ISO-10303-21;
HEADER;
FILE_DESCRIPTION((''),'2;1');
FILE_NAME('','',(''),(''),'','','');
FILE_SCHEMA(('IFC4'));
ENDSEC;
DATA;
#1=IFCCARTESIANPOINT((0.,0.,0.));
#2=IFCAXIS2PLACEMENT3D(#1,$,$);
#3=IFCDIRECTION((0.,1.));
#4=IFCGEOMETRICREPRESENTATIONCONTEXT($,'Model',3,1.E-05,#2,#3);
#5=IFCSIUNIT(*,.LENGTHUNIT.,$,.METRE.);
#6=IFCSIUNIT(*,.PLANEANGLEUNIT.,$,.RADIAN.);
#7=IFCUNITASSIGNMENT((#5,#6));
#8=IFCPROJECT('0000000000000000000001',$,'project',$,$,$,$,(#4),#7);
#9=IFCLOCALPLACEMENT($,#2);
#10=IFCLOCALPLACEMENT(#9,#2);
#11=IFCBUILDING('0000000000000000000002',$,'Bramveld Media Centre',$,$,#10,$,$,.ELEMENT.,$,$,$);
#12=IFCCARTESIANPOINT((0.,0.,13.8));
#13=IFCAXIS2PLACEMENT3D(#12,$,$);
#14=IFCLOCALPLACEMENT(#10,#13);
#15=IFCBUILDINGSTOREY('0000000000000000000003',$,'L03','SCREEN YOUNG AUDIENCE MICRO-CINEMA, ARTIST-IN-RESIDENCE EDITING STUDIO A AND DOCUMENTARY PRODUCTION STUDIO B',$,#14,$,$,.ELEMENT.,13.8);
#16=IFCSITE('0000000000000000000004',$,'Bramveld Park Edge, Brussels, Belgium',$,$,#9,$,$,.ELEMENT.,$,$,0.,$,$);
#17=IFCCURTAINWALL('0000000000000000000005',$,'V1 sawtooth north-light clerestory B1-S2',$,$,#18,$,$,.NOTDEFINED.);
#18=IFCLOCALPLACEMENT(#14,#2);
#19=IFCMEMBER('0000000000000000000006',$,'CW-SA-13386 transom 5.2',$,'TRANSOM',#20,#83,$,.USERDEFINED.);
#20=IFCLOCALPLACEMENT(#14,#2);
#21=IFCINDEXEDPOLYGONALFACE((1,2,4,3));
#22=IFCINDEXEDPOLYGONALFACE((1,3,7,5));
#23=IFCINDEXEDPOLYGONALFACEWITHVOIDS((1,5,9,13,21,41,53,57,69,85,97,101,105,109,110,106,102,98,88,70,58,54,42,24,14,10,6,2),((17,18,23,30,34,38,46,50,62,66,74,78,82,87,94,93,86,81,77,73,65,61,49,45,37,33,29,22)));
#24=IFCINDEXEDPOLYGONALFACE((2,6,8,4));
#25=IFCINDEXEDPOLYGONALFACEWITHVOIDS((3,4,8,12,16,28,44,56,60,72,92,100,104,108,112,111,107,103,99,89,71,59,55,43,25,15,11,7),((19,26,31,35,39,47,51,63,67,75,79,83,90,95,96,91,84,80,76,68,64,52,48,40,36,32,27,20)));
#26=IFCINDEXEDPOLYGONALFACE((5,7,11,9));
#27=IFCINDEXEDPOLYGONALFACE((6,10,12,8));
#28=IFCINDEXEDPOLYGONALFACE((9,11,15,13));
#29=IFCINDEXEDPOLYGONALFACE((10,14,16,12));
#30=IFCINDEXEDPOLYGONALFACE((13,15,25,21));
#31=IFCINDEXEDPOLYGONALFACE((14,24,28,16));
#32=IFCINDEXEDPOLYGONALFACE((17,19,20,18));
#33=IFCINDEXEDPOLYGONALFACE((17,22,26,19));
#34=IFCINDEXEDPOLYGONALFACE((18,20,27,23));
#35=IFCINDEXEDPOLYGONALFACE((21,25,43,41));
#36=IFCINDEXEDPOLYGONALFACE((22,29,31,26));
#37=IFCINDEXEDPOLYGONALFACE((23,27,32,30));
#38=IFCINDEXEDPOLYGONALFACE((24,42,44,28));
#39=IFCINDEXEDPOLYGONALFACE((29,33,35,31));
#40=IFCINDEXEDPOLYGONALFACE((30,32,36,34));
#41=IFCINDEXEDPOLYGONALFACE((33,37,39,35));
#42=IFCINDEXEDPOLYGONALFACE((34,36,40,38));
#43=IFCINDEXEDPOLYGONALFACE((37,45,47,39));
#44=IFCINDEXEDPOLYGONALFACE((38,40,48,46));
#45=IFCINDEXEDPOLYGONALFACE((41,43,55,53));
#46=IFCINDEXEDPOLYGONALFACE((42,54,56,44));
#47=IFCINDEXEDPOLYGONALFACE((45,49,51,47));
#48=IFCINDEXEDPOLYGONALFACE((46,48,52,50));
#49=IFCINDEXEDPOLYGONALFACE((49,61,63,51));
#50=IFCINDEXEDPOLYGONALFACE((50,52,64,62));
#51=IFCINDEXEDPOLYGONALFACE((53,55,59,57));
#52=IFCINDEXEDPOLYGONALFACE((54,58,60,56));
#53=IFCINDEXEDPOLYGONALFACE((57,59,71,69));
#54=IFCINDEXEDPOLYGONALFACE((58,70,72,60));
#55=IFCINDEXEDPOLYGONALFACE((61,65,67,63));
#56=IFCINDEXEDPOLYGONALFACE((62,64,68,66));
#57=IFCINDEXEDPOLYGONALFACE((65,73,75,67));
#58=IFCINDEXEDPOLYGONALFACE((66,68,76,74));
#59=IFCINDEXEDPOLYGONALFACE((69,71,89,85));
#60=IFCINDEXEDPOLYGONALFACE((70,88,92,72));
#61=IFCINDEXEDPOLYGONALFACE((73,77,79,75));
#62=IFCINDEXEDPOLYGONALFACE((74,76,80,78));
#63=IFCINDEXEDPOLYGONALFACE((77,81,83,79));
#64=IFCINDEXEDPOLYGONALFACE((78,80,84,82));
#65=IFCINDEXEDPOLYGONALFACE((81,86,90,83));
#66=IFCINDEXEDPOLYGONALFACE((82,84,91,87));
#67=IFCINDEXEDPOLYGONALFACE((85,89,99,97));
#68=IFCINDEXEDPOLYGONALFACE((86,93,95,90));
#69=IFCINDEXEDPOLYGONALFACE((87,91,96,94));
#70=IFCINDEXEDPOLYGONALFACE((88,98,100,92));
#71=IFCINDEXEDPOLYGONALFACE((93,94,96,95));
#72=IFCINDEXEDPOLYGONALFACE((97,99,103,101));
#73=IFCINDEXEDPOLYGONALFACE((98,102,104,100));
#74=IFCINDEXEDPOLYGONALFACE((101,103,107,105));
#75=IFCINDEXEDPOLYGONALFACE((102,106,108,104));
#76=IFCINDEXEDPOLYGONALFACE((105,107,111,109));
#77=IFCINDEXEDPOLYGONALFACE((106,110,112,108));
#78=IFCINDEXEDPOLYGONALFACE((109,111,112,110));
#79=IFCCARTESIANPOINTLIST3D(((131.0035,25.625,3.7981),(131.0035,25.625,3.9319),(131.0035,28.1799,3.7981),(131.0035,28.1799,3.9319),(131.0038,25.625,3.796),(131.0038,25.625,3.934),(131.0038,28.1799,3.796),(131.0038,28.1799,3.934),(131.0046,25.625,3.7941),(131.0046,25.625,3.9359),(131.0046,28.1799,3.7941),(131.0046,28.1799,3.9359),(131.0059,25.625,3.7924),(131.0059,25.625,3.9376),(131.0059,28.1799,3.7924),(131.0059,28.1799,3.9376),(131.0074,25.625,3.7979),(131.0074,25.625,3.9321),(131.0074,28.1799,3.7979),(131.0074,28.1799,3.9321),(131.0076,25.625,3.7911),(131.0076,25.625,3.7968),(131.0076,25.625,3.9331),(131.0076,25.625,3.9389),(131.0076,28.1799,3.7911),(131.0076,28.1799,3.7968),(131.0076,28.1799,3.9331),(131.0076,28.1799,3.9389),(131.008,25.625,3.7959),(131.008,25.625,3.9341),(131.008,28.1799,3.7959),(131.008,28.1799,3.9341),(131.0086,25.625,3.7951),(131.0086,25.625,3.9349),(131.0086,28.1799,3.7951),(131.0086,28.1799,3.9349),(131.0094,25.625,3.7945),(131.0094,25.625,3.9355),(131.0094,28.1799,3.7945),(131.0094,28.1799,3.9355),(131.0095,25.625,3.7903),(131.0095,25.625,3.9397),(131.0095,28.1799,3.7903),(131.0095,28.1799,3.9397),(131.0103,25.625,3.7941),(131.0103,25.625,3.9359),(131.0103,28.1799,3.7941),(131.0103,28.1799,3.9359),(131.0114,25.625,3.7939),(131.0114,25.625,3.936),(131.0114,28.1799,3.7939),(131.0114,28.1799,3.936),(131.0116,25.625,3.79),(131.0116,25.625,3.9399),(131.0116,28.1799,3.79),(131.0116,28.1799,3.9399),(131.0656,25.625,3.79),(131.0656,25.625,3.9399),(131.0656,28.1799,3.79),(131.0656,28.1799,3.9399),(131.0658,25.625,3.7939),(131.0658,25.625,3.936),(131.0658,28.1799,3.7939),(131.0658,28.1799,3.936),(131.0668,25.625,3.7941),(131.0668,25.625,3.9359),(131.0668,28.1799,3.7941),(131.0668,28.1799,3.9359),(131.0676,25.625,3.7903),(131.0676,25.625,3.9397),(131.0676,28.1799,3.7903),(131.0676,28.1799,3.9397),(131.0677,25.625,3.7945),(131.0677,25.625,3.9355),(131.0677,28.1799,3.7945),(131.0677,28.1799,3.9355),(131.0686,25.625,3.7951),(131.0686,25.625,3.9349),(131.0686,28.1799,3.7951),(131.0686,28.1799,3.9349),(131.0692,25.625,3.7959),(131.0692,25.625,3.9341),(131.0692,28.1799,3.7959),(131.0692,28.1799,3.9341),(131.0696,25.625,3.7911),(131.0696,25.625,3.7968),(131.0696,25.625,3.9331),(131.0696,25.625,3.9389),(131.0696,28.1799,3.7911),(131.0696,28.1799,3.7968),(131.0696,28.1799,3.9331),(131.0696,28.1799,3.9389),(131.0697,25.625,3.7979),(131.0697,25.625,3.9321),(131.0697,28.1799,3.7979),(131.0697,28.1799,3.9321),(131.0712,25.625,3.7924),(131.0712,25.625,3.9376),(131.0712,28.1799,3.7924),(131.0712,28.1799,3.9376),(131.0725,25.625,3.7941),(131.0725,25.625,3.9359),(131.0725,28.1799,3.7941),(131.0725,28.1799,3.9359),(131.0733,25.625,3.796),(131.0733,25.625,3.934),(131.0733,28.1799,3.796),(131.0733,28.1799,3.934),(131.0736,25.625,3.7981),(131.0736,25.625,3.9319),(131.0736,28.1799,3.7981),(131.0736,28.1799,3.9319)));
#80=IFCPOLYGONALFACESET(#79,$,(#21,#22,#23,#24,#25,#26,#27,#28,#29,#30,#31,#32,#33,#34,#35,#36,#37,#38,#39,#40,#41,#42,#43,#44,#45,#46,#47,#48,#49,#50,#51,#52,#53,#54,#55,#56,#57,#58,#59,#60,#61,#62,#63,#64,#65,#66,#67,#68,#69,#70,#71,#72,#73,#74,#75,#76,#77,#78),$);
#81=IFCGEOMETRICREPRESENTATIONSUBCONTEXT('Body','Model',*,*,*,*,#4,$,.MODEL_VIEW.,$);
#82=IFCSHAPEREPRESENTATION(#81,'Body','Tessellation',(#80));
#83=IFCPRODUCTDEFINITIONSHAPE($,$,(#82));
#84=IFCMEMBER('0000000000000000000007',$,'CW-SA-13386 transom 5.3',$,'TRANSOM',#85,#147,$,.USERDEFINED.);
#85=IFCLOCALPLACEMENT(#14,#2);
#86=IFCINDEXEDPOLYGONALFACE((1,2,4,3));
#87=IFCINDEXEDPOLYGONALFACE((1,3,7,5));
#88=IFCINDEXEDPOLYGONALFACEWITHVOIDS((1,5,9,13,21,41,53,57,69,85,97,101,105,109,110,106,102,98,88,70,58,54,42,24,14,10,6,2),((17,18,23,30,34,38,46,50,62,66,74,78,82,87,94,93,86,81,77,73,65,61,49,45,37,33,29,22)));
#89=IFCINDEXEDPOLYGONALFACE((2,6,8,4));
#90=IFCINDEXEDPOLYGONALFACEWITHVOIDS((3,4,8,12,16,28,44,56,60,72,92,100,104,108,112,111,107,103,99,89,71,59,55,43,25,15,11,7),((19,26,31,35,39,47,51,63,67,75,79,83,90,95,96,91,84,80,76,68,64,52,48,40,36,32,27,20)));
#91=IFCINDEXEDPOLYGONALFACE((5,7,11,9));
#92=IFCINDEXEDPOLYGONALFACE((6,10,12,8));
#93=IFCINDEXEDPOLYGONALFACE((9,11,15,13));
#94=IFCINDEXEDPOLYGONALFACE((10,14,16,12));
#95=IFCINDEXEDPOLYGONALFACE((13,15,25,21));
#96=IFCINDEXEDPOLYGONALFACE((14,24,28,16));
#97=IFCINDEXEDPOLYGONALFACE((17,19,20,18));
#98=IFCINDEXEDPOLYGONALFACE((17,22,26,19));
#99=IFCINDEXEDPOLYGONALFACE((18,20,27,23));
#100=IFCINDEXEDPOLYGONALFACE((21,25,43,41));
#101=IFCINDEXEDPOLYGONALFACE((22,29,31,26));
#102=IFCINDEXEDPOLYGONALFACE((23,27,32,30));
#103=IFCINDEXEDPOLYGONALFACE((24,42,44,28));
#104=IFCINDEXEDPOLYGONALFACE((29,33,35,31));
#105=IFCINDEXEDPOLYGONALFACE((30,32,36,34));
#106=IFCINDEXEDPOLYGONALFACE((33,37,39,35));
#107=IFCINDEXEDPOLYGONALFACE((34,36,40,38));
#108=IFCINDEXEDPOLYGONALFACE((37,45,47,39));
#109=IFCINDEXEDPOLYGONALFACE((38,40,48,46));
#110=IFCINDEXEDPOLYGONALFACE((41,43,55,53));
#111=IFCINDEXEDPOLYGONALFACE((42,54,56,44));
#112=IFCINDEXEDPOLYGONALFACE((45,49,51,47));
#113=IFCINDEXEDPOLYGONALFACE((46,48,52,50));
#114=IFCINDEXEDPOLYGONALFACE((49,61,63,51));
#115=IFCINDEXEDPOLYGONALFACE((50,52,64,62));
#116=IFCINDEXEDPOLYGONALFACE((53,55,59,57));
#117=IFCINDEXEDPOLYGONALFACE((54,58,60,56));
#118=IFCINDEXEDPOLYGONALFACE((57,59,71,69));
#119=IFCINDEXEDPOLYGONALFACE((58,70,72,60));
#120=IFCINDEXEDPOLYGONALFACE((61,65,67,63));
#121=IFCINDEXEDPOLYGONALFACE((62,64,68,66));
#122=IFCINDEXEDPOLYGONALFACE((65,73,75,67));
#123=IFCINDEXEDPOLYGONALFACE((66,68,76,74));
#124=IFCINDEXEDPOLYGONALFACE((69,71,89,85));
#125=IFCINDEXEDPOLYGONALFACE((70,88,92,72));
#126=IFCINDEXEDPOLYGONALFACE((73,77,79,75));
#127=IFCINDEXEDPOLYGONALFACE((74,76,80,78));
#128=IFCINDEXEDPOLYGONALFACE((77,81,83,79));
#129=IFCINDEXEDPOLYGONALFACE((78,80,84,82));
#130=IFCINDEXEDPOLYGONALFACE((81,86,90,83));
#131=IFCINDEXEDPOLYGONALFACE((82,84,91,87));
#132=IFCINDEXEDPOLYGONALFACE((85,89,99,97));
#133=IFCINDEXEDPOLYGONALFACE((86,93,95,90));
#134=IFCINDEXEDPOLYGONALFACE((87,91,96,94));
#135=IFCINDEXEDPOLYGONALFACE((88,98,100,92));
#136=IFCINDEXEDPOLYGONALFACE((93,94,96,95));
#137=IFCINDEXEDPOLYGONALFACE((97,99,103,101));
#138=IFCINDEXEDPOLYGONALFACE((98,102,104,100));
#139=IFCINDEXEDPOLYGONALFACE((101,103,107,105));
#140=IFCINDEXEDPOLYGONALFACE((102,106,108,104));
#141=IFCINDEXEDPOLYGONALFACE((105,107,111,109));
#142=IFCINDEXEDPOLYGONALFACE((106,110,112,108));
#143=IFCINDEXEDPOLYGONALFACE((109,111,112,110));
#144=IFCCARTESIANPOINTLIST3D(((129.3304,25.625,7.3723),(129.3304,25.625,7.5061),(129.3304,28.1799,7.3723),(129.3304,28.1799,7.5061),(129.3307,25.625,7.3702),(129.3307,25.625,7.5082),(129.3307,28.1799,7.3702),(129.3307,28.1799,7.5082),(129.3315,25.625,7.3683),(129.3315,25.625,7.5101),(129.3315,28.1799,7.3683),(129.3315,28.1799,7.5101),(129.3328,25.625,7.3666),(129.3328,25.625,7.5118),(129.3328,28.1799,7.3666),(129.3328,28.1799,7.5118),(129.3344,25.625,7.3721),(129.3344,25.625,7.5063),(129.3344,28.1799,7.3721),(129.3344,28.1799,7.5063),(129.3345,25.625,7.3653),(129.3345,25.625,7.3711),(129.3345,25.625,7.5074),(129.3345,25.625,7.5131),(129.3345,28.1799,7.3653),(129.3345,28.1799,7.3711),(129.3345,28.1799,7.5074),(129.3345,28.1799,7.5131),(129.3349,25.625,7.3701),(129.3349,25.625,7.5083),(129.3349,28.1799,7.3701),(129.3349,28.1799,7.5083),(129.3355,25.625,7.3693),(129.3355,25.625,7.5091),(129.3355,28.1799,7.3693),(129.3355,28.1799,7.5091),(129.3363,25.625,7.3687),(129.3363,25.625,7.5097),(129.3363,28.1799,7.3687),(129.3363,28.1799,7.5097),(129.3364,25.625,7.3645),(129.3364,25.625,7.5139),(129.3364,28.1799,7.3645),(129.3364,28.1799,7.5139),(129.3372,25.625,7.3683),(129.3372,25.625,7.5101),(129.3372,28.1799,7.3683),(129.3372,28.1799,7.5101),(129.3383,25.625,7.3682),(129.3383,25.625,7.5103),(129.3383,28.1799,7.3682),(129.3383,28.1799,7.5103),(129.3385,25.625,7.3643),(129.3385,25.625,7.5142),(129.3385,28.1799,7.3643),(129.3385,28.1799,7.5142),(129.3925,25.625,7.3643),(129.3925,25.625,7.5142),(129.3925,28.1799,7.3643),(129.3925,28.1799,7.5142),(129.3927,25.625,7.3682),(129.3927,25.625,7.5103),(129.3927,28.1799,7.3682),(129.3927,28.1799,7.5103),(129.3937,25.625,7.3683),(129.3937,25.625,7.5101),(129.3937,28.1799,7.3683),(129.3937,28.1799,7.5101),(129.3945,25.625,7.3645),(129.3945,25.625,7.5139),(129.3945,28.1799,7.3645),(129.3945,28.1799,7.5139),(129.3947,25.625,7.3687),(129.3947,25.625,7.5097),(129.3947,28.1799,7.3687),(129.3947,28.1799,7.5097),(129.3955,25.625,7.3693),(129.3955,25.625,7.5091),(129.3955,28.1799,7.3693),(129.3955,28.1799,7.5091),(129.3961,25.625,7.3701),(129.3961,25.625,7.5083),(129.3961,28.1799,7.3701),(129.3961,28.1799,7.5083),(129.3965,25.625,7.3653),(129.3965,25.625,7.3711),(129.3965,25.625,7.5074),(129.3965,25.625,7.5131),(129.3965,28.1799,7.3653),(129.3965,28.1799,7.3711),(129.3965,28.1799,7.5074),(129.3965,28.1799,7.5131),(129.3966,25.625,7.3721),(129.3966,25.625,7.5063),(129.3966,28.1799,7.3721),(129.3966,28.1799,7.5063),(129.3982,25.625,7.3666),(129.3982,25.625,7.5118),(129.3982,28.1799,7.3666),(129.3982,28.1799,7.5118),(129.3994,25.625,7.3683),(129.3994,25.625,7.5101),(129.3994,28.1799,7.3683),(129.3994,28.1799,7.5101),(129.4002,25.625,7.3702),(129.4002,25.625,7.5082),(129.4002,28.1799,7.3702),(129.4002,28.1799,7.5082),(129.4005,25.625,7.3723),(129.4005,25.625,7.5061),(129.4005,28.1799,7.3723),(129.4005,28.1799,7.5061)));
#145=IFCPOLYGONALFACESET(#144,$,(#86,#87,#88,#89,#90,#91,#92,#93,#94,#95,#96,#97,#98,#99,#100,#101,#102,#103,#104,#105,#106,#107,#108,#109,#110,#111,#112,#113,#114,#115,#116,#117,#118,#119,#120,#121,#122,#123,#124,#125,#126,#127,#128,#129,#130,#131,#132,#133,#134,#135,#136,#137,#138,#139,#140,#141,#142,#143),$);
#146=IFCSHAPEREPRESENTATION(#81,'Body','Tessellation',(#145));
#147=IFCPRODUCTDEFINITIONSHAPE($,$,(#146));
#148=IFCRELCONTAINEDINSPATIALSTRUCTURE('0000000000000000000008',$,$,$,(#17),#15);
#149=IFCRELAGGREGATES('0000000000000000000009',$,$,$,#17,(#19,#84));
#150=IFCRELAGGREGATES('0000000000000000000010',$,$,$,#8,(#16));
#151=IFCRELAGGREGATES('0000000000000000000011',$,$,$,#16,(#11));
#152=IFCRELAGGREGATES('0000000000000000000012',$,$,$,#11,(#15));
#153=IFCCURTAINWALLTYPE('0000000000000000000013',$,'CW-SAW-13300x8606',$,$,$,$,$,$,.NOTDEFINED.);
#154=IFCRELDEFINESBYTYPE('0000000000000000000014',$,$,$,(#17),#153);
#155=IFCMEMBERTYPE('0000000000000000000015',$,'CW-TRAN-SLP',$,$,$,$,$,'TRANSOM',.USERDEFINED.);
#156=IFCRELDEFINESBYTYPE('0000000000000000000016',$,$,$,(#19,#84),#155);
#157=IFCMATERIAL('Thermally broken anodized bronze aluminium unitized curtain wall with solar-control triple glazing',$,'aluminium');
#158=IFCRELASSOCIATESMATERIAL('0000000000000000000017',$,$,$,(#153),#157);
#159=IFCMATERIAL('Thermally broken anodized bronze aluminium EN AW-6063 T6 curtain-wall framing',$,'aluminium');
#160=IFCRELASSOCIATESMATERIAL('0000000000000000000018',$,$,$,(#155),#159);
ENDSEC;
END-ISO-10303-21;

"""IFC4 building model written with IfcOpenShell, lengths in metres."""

from ifc_helpers import new_model, si_unit, direction, frame, origin, origin_2d, place, context, subcontext, project, spatial, hollow_rectangle, extrude, material, material_profile, profile_set, type_object, element, aggregate, save


model = new_model("IFC4")

# Units and contexts
model_context = context("Model", 3, precision=1e-05, world=origin(), true_north=direction((0.0, 1.0)))
body_context = subcontext(model_context, "Body", "Model", "MODEL_VIEW")
ifc_project = project(units=[si_unit("LENGTHUNIT", "METRE"), si_unit("PLANEANGLEUNIT", "RADIAN")], contexts=[model_context])

# Site, building, storey
site_placement = place(None, origin())
site = spatial("IfcSite", under=ifc_project, at=site_placement, Name="Bramveld Park Edge, Brussels, Belgium", CompositionType="ELEMENT", RefElevation=0.0)
building_placement = place(site_placement, origin())
building = spatial("IfcBuilding", under=site, at=building_placement, Name="Bramveld Media Centre", CompositionType="ELEMENT")
storey_placement = place(building_placement, frame((0.0, 0.0, 13.8)))
storey = spatial("IfcBuildingStorey", under=building, at=storey_placement, Name="L03", Description="SCREEN YOUNG AUDIENCE MICRO-CINEMA, ARTIST-IN-RESIDENCE EDITING STUDIO A AND DOCUMENTARY PRODUCTION STUDIO B", CompositionType="ELEMENT", Elevation=13.8)

# Curtain wall
ifc_material_1 = material(Name="Thermally broken anodized bronze aluminium unitized curtain wall with solar-control triple glazing", Category="aluminium")
curtain_wall_type_1 = type_object("IfcCurtainWallType", Name="CW-SAW-13300x8606", PredefinedType="NOTDEFINED", material=ifc_material_1)
curtain_wall_1_placement = place(storey_placement, origin())
curtain_wall_1 = element("IfcCurtainWall", 1, at=curtain_wall_1_placement, inside=storey, type_object=curtain_wall_type_1, Name="V1 sawtooth north-light clerestory B1-S2", PredefinedType="NOTDEFINED")

# Members
ifc_material_2 = material(Name="Thermally broken anodized bronze aluminium EN AW-6063 T6 curtain-wall framing", Category="aluminium")
ifc_material_profile_1 = material_profile(ifc_material_2, hollow_rectangle(XDim=0.0701, YDim=0.1499, WallThickness=0.0039, InnerFilletRadius=0.0039, OuterFilletRadius=0.0081, at=origin_2d()), Name="AL-TRAN 70x150")
ifc_profile_set_1 = profile_set([ifc_material_profile_1], Name="Thermally broken anodized bronze aluminium EN AW-6063 T6 curtain-wall framing")
member_type_1 = type_object("IfcMemberType", Name="CW-TRAN-SLP", ElementType="TRANSOM", PredefinedType="USERDEFINED", material=ifc_profile_set_1)
member_1_placement = place(storey_placement, frame((131.0386, 25.625, 3.865), z_axis=(0.0, 1.0, 0.0), x_axis=(-1.0, 0.0, 0.0)))
member_1 = element("IfcMember", 2, at=member_1_placement, type_object=member_type_1, Name="CW-SA-13386 transom 5.2", ObjectType="TRANSOM", PredefinedType="USERDEFINED", context=body_context, shape_type="SweptSolid", body=[
    extrude(hollow_rectangle(XDim=0.0701, YDim=0.1499, WallThickness=0.0039, InnerFilletRadius=0.0039, OuterFilletRadius=0.0081, at=origin_2d()), origin(), (0.0, 0.0, 1.0), 2.5549),
])
member_2_placement = place(storey_placement, frame((129.3655, 25.625, 7.4392), z_axis=(0.0, 1.0, 0.0), x_axis=(-1.0, 0.0, 0.0)))
member_2 = element("IfcMember", 3, at=member_2_placement, type_object=member_type_1, Name="CW-SA-13386 transom 5.3", ObjectType="TRANSOM", PredefinedType="USERDEFINED", context=body_context, shape_type="SweptSolid", body=[
    extrude(hollow_rectangle(XDim=0.0701, YDim=0.1499, WallThickness=0.0039, InnerFilletRadius=0.0039, OuterFilletRadius=0.0081, at=origin_2d()), origin(), (0.0, 0.0, 1.0), 2.5549),
])

aggregate(curtain_wall_1, [member_1, member_2])

save(model, "model.ifc")
